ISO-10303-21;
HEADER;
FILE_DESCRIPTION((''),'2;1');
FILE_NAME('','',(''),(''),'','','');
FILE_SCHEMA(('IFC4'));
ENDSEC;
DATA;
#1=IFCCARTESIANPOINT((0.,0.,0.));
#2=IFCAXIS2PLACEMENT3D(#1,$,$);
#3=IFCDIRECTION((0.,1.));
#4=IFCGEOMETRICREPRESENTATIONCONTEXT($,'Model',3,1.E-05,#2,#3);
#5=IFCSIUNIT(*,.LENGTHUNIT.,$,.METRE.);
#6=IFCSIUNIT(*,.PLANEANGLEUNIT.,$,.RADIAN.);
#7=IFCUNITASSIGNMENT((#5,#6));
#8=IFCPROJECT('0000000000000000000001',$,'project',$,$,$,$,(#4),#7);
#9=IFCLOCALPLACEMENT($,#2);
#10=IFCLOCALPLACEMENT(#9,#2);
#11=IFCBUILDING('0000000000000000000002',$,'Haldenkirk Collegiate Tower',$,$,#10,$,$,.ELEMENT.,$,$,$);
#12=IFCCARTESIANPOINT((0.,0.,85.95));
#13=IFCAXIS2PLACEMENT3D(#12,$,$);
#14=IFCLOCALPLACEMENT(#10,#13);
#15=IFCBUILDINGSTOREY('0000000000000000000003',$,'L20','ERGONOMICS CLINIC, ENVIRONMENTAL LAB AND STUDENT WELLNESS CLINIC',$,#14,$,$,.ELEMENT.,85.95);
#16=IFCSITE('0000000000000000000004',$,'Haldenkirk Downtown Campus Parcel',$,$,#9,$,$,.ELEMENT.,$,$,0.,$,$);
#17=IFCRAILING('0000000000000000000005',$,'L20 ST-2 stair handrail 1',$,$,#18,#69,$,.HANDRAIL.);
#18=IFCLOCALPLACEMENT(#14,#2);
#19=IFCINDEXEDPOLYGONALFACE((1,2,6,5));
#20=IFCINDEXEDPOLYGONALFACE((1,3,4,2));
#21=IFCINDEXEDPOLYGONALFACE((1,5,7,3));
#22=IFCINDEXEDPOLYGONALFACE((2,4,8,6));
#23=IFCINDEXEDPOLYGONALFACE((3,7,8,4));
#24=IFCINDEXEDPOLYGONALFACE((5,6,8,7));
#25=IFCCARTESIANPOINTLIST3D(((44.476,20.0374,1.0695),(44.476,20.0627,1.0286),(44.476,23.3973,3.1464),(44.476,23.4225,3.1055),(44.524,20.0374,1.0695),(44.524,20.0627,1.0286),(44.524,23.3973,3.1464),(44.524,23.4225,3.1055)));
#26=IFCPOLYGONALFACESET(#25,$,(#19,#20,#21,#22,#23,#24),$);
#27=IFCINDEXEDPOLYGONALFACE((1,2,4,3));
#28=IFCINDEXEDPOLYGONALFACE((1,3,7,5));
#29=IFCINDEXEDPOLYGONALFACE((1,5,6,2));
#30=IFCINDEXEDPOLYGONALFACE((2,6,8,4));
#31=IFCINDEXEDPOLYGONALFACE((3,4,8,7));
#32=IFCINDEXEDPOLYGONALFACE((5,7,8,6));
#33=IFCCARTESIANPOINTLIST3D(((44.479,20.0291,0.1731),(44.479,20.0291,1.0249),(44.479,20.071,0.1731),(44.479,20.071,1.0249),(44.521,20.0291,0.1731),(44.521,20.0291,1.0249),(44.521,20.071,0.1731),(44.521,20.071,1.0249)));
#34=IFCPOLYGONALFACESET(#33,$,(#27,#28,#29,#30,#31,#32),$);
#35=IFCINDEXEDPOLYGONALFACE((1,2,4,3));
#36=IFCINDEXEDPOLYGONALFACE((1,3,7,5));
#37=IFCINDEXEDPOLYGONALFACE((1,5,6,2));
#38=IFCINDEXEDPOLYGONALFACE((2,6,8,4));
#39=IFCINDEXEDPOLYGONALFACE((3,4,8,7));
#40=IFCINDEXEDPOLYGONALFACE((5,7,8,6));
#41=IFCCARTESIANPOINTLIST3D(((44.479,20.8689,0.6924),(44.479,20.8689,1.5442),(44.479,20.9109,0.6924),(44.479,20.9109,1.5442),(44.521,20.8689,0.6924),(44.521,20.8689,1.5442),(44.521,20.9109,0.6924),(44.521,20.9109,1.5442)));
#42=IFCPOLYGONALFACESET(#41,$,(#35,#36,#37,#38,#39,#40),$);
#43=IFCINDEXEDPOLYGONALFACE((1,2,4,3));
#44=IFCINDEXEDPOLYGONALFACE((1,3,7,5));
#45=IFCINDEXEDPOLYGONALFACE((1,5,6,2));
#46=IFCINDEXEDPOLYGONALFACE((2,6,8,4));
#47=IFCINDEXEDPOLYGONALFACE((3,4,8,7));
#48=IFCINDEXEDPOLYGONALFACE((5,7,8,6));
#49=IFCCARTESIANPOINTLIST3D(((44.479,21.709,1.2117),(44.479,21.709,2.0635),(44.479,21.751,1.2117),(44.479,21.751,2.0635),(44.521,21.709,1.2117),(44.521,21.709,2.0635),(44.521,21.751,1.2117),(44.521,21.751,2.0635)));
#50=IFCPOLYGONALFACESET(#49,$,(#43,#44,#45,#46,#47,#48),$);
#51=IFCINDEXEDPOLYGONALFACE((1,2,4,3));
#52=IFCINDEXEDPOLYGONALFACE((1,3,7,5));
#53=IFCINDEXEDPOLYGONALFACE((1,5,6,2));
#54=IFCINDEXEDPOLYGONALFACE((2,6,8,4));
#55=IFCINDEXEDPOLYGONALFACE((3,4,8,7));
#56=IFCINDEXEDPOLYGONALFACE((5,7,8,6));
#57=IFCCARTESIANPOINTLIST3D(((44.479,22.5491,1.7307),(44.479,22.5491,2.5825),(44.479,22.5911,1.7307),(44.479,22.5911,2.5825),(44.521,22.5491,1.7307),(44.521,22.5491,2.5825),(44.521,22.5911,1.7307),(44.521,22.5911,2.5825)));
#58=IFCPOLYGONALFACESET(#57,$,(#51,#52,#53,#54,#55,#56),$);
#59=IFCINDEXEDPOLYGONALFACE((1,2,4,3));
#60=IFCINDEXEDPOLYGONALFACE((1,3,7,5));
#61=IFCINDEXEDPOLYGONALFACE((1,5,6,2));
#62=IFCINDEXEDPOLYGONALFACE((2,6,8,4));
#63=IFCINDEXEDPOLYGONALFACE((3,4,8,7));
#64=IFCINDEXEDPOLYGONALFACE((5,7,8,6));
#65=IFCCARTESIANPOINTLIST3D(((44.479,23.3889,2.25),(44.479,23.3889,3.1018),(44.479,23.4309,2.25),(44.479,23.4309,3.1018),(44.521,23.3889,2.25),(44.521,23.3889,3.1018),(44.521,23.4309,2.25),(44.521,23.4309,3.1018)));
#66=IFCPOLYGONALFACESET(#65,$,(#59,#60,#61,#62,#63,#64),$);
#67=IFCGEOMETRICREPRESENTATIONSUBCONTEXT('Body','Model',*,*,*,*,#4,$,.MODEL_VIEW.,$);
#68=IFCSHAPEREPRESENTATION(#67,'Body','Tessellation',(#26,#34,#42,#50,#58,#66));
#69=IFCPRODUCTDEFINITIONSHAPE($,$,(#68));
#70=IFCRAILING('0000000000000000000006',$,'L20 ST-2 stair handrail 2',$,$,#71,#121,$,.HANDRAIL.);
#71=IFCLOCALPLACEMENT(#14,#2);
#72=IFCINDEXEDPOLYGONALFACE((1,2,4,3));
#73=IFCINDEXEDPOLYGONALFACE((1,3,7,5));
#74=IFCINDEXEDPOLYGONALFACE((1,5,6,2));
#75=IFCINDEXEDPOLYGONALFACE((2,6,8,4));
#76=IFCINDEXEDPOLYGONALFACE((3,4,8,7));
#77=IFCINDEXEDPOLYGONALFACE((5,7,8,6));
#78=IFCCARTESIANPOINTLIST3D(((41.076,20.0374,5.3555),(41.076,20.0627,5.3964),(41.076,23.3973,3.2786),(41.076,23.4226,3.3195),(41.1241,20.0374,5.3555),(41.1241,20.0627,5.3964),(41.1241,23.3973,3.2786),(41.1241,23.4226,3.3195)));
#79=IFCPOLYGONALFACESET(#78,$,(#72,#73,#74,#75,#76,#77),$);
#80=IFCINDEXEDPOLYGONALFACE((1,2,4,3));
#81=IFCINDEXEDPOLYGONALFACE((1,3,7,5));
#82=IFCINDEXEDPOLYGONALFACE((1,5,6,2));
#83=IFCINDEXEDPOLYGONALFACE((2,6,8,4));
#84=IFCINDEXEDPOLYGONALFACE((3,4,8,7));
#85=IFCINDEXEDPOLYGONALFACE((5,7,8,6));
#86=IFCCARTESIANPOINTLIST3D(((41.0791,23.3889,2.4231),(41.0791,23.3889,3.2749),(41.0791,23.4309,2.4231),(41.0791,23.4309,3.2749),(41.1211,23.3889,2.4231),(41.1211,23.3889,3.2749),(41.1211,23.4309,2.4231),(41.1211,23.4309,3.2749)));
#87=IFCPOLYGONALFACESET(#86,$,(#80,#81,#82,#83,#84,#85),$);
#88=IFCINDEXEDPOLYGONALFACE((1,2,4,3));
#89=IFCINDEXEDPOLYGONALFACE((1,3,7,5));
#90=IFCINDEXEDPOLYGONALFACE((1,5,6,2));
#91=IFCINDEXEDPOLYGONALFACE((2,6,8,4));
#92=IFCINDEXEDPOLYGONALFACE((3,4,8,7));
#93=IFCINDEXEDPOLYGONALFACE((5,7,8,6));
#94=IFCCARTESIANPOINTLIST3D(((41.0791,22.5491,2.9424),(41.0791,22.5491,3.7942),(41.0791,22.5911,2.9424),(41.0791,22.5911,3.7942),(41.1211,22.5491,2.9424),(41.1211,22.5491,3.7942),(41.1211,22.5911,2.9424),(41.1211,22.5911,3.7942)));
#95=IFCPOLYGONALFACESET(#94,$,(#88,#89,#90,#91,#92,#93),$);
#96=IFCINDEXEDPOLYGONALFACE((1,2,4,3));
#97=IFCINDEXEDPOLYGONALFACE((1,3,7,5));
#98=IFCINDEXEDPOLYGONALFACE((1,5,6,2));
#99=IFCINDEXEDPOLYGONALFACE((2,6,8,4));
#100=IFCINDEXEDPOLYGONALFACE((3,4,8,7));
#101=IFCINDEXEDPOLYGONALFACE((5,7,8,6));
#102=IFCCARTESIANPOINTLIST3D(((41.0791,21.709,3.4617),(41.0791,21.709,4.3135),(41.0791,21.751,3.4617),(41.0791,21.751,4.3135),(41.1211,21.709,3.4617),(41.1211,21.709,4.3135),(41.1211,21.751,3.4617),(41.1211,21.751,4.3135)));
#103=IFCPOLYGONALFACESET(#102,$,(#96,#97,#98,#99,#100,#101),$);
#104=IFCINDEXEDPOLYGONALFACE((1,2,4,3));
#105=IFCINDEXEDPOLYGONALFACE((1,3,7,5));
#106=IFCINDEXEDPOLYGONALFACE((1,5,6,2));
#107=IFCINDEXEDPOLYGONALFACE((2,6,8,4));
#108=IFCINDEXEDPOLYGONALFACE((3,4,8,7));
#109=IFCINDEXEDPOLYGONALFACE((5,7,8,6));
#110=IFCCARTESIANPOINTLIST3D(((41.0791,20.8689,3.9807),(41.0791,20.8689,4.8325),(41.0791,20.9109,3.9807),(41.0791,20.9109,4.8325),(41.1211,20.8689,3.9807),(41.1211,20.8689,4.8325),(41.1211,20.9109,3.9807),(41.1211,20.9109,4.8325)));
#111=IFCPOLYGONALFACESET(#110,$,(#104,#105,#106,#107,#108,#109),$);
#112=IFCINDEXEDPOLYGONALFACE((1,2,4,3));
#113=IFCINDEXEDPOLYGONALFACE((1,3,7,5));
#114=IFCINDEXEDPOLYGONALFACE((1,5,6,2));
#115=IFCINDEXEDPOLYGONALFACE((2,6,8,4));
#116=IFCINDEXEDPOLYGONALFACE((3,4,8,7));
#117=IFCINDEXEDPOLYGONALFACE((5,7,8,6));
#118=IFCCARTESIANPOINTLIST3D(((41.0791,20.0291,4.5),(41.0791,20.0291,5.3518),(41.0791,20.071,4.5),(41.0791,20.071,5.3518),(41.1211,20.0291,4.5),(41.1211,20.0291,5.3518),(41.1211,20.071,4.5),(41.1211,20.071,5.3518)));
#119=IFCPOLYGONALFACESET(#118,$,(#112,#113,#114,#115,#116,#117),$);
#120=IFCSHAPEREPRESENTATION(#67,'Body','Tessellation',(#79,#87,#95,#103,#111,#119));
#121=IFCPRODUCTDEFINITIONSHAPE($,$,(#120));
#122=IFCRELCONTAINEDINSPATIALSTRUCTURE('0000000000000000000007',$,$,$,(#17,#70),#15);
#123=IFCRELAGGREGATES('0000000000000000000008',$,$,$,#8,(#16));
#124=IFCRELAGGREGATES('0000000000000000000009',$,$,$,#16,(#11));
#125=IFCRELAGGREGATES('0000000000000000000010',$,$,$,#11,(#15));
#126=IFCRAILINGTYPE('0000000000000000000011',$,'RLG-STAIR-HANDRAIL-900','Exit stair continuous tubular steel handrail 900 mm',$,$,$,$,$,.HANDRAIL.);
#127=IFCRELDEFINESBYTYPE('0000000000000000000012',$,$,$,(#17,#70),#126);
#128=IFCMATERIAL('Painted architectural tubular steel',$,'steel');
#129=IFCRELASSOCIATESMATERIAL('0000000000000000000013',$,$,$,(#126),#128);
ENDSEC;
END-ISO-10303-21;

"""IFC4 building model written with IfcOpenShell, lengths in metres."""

from ifc_helpers import new_model, si_unit, direction, frame, origin, origin_2d, place, context, subcontext, project, spatial, rectangle, extrude, material, type_object, element, save


model = new_model("IFC4")

# Units and contexts
model_context = context("Model", 3, precision=1e-05, world=origin(), true_north=direction((0.0, 1.0)))
body_context = subcontext(model_context, "Body", "Model", "MODEL_VIEW")
ifc_project = project(units=[si_unit("LENGTHUNIT", "METRE"), si_unit("PLANEANGLEUNIT", "RADIAN")], contexts=[model_context])

# Site, building, storey
site_placement = place(None, origin())
site = spatial("IfcSite", under=ifc_project, at=site_placement, Name="Haldenkirk Downtown Campus Parcel", CompositionType="ELEMENT", RefElevation=0.0)
building_placement = place(site_placement, origin())
building = spatial("IfcBuilding", under=site, at=building_placement, Name="Haldenkirk Collegiate Tower", CompositionType="ELEMENT")
storey_placement = place(building_placement, frame((0.0, 0.0, 85.95)))
storey = spatial("IfcBuildingStorey", under=building, at=storey_placement, Name="L20", Description="ERGONOMICS CLINIC, ENVIRONMENTAL LAB AND STUDENT WELLNESS CLINIC", CompositionType="ELEMENT", Elevation=85.95)

# Railings
ifc_material_1 = material(Name="Painted architectural tubular steel", Category="steel")
railing_type_1 = type_object("IfcRailingType", Name="RLG-STAIR-HANDRAIL-900", Description="Exit stair continuous tubular steel handrail 900 mm", PredefinedType="HANDRAIL", material=ifc_material_1)
railing_1_placement = place(storey_placement, frame((44.5, 20.05, 0.1731)))
element("IfcRailing", 1, at=railing_1_placement, inside=storey, type_object=railing_type_1, Name="L20 ST-2 stair handrail 1", PredefinedType="HANDRAIL", context=body_context, shape_type="SweptSolid", body=[
    extrude(rectangle(XDim=0.0481, YDim=0.0481, at=origin_2d()), frame((0.0, 0.0, 0.876), z_axis=(0.0, 0.850606, 0.525803), x_axis=(-1.0, 0.0, 0.0)), (0.0, 0.0, 1.0), 3.95),
    extrude(rectangle(XDim=0.042, YDim=0.042, at=origin_2d()), origin(), (0.0, 0.0, 1.0), 0.8518),
    extrude(rectangle(XDim=0.042, YDim=0.042, at=origin_2d()), frame((0.0, 0.8398, 0.5193)), (0.0, 0.0, 1.0), 0.8518),
    extrude(rectangle(XDim=0.042, YDim=0.042, at=origin_2d()), frame((0.0, 1.6799, 1.0386)), (0.0, 0.0, 1.0), 0.8518),
    extrude(rectangle(XDim=0.042, YDim=0.042, at=origin_2d()), frame((0.0, 2.52, 1.5576)), (0.0, 0.0, 1.0), 0.8518),
    extrude(rectangle(XDim=0.042, YDim=0.042, at=origin_2d()), frame((0.0, 3.3599, 2.0769)), (0.0, 0.0, 1.0), 0.8518),
])
railing_2_placement = place(storey_placement, frame((41.1001, 23.4099, 2.4231)))
element("IfcRailing", 2, at=railing_2_placement, inside=storey, type_object=railing_type_1, Name="L20 ST-2 stair handrail 2", PredefinedType="HANDRAIL", context=body_context, shape_type="SweptSolid", body=[
    extrude(rectangle(XDim=0.0481, YDim=0.0481, at=origin_2d()), frame((0.0, 0.0, 0.876), z_axis=(0.0, -0.850606, 0.525803), x_axis=(1.0, 0.0, 0.0)), (0.0, 0.0, 1.0), 3.95),
    extrude(rectangle(XDim=0.042, YDim=0.042, at=origin_2d()), origin(), (0.0, 0.0, 1.0), 0.8518),
    extrude(rectangle(XDim=0.042, YDim=0.042, at=origin_2d()), frame((0.0, -0.8398, 0.5193)), (0.0, 0.0, 1.0), 0.8518),
    extrude(rectangle(XDim=0.042, YDim=0.042, at=origin_2d()), frame((0.0, -1.6799, 1.0386)), (0.0, 0.0, 1.0), 0.8518),
    extrude(rectangle(XDim=0.042, YDim=0.042, at=origin_2d()), frame((0.0, -2.52, 1.5576)), (0.0, 0.0, 1.0), 0.8518),
    extrude(rectangle(XDim=0.042, YDim=0.042, at=origin_2d()), frame((0.0, -3.3599, 2.0769)), (0.0, 0.0, 1.0), 0.8518),
])

save(model, "model.ifc")
